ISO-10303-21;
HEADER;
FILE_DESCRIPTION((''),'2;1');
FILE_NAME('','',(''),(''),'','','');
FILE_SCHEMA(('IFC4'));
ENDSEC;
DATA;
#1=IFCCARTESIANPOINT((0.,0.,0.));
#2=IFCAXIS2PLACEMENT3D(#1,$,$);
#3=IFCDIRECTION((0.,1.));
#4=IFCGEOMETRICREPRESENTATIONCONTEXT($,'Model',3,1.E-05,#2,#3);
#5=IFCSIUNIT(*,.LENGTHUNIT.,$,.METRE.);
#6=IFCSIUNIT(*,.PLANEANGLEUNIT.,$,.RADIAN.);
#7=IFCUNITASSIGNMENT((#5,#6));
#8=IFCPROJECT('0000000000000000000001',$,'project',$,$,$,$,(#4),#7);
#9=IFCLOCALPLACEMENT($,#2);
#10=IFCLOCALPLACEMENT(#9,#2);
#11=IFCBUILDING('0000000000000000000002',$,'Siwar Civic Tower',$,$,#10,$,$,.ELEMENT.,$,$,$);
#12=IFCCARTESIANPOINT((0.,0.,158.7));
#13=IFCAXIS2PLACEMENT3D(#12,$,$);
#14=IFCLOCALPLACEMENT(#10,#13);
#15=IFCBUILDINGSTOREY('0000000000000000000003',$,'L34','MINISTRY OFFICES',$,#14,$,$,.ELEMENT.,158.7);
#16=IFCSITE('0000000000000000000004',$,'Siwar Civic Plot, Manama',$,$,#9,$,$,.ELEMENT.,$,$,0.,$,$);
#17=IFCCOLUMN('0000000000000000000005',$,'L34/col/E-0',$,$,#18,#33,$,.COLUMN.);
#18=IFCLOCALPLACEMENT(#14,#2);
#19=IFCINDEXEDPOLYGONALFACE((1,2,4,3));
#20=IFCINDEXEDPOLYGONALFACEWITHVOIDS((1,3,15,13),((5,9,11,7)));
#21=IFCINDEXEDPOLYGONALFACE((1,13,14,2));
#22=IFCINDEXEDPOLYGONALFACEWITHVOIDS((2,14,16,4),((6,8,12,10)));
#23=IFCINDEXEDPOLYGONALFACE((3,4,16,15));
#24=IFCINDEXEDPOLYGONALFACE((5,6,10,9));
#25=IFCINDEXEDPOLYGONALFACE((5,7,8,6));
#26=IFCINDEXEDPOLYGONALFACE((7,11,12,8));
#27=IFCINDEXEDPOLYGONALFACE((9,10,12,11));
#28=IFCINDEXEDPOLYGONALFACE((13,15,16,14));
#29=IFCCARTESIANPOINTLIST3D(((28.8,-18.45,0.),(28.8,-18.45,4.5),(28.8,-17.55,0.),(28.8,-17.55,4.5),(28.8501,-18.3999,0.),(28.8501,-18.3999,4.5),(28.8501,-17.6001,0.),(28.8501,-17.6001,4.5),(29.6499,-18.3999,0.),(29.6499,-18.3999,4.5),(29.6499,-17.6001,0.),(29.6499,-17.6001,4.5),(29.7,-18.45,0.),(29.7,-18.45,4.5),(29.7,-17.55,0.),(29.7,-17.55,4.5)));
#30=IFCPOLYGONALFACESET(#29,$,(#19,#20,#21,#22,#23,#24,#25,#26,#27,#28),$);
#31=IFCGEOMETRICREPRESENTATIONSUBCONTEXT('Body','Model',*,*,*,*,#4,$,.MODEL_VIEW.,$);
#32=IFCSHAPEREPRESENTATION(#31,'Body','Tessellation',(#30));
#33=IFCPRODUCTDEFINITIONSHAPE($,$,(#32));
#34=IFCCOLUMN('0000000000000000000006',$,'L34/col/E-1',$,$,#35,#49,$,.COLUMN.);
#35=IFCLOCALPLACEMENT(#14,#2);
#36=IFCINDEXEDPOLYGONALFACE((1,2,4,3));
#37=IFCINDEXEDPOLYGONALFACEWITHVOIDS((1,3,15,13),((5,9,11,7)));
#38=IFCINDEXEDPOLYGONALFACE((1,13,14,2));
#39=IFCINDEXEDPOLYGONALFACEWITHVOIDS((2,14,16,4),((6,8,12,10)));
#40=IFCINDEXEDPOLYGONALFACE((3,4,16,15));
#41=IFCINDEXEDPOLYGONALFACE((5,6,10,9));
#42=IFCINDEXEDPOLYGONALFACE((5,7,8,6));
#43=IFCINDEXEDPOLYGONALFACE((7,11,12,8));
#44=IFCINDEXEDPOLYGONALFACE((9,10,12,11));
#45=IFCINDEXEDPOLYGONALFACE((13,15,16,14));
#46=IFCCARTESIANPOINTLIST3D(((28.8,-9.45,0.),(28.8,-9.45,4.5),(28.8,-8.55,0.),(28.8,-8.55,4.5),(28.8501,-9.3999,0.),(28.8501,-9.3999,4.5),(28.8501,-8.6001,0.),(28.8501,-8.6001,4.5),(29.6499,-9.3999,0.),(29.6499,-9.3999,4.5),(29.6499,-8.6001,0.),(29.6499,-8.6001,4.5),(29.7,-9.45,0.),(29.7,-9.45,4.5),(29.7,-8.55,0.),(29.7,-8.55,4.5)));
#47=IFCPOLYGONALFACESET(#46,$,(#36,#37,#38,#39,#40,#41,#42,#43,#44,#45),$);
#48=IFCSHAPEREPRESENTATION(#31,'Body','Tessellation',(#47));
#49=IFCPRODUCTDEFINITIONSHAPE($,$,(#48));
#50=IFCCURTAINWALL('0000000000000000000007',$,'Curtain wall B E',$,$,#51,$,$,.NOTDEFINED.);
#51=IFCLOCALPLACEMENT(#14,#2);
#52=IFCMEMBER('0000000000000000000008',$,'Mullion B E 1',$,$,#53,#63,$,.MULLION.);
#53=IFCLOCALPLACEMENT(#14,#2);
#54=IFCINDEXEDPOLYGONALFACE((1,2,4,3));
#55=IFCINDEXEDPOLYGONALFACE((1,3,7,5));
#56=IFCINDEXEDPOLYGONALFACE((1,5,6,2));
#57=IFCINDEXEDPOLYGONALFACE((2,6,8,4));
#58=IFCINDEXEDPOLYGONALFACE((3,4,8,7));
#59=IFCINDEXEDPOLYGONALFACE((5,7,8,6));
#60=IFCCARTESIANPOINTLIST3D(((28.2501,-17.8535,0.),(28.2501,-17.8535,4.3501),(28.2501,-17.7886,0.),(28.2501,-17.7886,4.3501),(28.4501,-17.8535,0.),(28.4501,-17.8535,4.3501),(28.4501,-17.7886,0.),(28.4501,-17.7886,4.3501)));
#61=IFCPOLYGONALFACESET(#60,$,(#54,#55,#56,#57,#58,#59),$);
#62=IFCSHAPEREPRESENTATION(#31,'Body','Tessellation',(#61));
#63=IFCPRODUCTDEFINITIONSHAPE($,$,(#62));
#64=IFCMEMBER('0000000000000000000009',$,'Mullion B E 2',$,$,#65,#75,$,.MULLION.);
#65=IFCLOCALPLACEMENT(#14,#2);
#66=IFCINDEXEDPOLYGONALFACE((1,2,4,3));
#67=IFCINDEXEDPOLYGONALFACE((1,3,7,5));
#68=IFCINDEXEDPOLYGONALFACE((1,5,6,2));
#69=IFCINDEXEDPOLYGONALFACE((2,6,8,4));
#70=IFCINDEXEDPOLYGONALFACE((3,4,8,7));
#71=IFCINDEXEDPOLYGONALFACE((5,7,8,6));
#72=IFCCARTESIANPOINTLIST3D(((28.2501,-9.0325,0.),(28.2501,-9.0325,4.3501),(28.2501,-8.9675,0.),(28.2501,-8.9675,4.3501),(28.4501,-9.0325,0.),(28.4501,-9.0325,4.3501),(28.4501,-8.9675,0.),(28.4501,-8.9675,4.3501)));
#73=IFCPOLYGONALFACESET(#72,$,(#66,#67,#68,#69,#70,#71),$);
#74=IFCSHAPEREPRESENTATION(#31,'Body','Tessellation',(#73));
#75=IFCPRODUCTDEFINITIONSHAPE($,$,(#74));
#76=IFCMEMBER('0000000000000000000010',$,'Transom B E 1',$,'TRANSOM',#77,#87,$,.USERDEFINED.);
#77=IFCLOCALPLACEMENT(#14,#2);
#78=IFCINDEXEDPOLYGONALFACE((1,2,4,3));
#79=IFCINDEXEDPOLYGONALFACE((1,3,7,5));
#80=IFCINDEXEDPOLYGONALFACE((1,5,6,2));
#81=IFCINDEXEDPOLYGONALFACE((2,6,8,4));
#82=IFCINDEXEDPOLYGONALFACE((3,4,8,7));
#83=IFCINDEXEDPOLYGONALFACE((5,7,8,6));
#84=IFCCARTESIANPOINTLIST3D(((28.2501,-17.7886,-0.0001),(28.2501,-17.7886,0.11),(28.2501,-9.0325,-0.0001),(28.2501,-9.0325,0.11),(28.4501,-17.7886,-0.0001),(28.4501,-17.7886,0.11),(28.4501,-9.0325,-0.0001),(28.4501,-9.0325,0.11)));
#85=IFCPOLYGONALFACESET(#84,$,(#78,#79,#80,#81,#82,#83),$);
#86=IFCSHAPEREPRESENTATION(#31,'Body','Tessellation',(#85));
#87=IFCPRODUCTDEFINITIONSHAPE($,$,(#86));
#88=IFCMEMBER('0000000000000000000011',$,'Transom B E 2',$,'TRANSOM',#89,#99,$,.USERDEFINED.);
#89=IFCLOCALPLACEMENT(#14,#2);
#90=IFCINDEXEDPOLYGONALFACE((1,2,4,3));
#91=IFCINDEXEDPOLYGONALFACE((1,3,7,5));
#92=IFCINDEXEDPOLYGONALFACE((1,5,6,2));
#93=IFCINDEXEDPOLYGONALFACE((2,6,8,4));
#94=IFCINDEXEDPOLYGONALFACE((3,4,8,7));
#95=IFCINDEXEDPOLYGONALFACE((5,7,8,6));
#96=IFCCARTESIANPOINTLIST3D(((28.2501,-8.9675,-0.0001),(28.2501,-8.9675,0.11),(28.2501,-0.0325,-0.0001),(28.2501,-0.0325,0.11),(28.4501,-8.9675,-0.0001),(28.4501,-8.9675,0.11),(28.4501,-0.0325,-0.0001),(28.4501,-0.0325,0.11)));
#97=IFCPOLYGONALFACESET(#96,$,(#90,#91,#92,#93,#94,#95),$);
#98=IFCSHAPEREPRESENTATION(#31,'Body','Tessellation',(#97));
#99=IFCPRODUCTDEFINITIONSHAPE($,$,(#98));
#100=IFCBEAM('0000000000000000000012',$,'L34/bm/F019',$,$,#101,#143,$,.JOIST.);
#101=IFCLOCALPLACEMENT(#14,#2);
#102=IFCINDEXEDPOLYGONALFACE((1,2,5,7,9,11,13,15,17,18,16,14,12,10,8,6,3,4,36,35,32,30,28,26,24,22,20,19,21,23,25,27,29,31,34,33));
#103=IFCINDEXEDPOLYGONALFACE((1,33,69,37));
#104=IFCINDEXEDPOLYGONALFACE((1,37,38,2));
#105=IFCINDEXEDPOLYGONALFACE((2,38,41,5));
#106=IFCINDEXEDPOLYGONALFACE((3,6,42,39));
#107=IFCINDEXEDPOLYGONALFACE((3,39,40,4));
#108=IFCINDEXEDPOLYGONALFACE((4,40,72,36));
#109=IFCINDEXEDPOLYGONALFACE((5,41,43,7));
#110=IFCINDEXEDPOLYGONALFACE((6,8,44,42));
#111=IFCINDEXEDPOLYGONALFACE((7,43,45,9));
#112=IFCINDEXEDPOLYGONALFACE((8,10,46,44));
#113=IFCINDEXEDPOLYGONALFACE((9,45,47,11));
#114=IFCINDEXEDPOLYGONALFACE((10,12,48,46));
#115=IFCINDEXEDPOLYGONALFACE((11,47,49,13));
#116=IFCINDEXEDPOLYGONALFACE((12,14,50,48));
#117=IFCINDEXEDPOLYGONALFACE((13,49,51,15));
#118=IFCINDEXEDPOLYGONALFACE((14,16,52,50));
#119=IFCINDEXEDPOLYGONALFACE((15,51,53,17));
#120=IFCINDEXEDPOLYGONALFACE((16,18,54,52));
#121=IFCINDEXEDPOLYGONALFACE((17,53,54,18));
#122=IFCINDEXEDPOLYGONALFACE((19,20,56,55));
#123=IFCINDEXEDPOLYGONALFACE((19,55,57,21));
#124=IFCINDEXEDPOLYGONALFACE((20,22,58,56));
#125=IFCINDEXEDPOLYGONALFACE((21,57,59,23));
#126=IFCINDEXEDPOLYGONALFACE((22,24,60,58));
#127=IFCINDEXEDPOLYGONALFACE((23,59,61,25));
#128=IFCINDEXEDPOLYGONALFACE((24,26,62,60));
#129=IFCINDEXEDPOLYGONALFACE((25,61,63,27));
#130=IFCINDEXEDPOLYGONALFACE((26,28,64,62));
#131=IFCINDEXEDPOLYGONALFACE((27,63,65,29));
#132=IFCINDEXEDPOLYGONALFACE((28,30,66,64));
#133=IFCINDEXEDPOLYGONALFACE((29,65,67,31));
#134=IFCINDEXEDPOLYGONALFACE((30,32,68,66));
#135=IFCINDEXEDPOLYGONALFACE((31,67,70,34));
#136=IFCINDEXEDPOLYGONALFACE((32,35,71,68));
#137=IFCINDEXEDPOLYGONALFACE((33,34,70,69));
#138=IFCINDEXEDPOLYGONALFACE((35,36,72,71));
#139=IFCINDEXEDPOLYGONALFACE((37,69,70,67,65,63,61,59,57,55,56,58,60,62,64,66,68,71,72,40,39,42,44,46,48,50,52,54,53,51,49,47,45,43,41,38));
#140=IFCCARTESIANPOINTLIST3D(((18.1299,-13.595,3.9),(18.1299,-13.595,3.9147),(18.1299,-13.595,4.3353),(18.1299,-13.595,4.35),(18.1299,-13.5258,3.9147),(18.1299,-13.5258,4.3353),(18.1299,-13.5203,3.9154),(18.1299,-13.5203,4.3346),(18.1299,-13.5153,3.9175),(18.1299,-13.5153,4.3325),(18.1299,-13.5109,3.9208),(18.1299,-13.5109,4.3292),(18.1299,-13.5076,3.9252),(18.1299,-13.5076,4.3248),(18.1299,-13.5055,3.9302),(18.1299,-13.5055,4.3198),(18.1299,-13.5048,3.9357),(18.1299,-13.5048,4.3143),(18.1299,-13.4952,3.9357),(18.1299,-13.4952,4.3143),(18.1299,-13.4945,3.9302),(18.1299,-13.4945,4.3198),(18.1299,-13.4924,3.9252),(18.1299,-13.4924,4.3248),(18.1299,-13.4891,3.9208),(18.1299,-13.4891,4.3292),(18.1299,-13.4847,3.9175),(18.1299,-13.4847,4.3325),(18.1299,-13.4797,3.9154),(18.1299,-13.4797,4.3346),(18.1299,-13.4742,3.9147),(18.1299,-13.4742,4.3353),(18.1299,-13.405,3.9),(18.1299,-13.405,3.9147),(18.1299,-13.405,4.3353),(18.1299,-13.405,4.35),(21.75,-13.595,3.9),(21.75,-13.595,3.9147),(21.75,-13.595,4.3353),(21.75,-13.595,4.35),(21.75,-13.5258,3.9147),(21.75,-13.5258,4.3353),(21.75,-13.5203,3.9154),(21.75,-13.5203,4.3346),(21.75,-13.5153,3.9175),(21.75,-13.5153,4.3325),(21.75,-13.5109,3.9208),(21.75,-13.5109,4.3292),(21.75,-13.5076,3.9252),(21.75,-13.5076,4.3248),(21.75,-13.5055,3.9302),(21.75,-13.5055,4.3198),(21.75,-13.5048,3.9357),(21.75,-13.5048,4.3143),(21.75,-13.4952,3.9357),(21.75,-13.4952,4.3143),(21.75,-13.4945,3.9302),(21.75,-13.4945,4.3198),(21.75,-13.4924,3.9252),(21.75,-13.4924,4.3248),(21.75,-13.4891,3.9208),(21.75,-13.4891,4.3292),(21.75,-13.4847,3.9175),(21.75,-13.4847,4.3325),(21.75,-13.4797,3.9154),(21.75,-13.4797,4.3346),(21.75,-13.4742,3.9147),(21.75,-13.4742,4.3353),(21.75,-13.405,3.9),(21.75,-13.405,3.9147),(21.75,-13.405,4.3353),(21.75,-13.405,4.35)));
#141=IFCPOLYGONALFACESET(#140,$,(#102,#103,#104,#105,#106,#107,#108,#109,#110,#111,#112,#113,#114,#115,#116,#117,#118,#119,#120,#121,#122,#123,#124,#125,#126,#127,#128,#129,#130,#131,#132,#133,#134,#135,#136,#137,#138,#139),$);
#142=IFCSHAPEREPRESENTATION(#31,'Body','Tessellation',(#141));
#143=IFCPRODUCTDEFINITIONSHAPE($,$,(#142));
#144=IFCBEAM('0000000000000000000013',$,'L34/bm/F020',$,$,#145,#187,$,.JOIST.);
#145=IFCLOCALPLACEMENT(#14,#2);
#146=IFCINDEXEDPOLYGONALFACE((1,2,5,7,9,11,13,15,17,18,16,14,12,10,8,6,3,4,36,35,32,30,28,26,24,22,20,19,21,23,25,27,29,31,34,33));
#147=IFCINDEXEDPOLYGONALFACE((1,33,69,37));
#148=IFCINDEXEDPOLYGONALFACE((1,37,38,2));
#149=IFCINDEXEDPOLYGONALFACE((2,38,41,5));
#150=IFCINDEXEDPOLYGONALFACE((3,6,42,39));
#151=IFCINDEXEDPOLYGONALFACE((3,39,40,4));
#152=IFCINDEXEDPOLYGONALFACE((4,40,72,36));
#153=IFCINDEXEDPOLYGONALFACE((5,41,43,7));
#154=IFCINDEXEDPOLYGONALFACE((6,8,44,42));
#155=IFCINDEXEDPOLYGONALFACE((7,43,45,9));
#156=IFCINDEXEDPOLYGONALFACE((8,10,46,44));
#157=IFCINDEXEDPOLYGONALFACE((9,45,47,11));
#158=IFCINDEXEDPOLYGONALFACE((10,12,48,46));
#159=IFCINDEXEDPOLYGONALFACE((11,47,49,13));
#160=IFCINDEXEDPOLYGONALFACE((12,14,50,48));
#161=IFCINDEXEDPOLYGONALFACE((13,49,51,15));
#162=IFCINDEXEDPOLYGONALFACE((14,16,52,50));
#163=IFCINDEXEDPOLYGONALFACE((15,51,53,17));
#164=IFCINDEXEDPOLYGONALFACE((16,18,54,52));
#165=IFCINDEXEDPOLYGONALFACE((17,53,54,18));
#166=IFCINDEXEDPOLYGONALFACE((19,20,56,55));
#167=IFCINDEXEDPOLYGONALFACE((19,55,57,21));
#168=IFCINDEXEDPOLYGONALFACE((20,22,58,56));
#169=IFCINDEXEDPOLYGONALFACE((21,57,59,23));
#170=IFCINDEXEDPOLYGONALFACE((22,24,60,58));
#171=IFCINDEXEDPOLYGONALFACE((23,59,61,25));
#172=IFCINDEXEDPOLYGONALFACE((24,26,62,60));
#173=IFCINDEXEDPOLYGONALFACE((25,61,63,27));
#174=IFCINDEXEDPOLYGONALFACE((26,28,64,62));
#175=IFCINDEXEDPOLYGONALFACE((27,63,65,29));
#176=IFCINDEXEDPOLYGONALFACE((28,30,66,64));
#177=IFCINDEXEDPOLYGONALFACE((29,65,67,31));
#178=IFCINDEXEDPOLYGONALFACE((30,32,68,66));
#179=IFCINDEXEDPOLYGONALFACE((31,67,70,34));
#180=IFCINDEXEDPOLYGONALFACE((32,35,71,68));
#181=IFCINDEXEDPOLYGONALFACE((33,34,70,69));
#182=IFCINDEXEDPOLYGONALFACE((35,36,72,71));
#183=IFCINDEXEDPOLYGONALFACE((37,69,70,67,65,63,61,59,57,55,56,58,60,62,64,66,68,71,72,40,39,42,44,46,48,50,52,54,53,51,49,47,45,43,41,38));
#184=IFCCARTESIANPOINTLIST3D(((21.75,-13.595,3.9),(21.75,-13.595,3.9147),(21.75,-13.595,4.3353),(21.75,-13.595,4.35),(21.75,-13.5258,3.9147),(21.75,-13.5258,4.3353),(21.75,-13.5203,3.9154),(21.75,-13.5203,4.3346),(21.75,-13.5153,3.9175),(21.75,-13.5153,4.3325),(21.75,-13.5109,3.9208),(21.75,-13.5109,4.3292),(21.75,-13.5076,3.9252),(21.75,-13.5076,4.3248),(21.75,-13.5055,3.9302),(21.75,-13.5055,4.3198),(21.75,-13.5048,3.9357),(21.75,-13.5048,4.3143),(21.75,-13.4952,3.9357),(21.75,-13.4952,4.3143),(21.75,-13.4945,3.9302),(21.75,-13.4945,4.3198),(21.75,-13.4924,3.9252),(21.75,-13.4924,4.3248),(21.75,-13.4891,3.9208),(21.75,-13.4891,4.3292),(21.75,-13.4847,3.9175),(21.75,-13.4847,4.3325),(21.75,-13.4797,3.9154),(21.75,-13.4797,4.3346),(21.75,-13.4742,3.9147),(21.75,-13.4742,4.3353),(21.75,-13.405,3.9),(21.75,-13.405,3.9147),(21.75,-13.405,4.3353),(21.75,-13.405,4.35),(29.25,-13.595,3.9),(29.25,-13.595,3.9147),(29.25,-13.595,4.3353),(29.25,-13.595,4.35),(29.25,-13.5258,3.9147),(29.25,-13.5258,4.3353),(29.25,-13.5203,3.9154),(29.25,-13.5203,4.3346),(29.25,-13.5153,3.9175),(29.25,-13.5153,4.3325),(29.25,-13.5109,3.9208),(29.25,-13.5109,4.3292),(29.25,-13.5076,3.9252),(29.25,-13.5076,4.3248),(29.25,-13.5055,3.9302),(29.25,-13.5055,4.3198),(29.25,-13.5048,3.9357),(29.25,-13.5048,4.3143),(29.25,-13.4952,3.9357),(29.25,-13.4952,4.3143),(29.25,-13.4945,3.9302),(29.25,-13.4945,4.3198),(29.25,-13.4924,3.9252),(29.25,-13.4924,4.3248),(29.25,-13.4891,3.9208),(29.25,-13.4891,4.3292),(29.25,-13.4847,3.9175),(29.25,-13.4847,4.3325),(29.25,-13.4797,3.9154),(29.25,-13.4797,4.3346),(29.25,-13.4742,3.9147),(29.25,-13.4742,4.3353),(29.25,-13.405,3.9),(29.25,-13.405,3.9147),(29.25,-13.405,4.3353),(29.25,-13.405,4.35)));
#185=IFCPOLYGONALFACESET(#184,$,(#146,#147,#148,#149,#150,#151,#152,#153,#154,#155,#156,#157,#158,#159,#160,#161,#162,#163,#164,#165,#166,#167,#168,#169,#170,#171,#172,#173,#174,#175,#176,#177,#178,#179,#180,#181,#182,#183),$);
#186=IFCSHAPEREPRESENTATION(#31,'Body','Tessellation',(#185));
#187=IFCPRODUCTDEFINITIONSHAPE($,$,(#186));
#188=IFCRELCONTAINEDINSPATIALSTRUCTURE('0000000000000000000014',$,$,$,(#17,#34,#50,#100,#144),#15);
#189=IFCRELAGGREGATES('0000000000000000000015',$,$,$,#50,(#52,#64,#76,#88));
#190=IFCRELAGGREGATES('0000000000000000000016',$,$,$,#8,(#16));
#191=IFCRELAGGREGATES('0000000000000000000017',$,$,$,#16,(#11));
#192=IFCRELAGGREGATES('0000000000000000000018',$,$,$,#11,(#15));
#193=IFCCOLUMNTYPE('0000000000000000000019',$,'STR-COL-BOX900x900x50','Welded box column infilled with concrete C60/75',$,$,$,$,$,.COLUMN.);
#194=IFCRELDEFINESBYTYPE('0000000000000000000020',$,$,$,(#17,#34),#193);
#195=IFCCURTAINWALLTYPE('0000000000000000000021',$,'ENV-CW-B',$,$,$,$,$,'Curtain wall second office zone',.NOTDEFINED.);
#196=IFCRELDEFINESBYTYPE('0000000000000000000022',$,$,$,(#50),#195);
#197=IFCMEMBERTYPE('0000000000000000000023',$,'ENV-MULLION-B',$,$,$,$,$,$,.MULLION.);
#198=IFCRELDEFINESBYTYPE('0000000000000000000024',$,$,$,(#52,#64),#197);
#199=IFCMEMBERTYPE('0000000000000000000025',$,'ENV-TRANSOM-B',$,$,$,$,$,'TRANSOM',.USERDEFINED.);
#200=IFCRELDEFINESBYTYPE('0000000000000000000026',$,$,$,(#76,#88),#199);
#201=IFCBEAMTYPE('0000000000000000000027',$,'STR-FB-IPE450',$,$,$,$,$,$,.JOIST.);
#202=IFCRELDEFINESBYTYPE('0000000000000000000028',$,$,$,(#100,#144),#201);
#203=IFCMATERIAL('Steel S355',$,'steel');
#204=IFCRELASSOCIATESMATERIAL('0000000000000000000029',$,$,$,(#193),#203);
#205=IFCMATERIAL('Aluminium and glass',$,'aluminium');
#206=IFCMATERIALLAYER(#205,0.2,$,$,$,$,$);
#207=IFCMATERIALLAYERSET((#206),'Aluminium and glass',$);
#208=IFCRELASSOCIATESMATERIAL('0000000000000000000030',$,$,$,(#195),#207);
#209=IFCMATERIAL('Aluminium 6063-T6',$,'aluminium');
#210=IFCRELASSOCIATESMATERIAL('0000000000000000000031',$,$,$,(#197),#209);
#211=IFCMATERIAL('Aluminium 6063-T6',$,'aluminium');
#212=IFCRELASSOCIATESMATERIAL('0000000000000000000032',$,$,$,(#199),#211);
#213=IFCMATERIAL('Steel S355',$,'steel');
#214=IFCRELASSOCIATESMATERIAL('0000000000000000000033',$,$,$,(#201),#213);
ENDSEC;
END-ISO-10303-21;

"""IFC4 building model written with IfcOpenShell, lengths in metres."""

from ifc_helpers import new_model, si_unit, direction, frame, origin, origin_2d, place, context, subcontext, project, spatial, rectangle, hollow_rectangle, i_section, extrude, material, layer, layer_set, material_profile, profile_set, type_object, element, aggregate, save


model = new_model("IFC4")

# Units and contexts
model_context = context("Model", 3, precision=1e-05, world=origin(), true_north=direction((0.0, 1.0)))
body_context = subcontext(model_context, "Body", "Model", "MODEL_VIEW")
ifc_project = project(units=[si_unit("LENGTHUNIT", "METRE"), si_unit("PLANEANGLEUNIT", "RADIAN")], contexts=[model_context])

# Site, building, storey
site_placement = place(None, origin())
site = spatial("IfcSite", under=ifc_project, at=site_placement, Name="Siwar Civic Plot, Manama", CompositionType="ELEMENT", RefElevation=0.0)
building_placement = place(site_placement, origin())
building = spatial("IfcBuilding", under=site, at=building_placement, Name="Siwar Civic Tower", CompositionType="ELEMENT")
storey_placement = place(building_placement, frame((0.0, 0.0, 158.7)))
storey = spatial("IfcBuildingStorey", under=building, at=storey_placement, Name="L34", Description="MINISTRY OFFICES", CompositionType="ELEMENT", Elevation=158.7)

# Columns
ifc_material_1 = material(Name="Steel S355", Category="steel")
ifc_material_profile_1 = material_profile(ifc_material_1, hollow_rectangle(XDim=0.8999, YDim=0.8999, WallThickness=0.05, at=origin_2d()), Name="BOX900x900x50")
ifc_profile_set_1 = profile_set([ifc_material_profile_1], Name="Steel S355")
column_type = type_object("IfcColumnType", Name="STR-COL-BOX900x900x50", Description="Welded box column infilled with concrete C60/75", PredefinedType="COLUMN", material=ifc_profile_set_1)
for number, where, z_axis, x_axis, name in (
    (1, (29.25, -18.0, 0.0), (0.0, 0.0, 1.0), (1.0, 0.0, 0.0), "L34/col/E-0"),
    (2, (29.25, -9.0, 0.0), (0.0, 0.0, 1.0), (1.0, 0.0, 0.0), "L34/col/E-1"),
):
    element("IfcColumn", number, at=place(storey_placement, frame(where, z_axis=z_axis, x_axis=x_axis)), inside=storey, type_object=column_type, Name=name, PredefinedType="COLUMN", context=body_context, shape_type="SweptSolid", body=[
        extrude(hollow_rectangle(XDim=0.8999, YDim=0.8999, WallThickness=0.05, at=origin_2d()), origin(), (0.0, 0.0, 1.0), 4.5),
    ])

# Curtain wall, members
ifc_material_2 = material(Name="Aluminium and glass", Category="aluminium")
ifc_layer_1 = layer(ifc_material_2, 0.2)
ifc_layer_set_1 = layer_set([ifc_layer_1], Name="Aluminium and glass")
curtain_wall_type = type_object("IfcCurtainWallType", Name="ENV-CW-B", ElementType="Curtain wall second office zone", PredefinedType="NOTDEFINED", material=ifc_layer_set_1)
curtain_wall_placement = place(storey_placement, origin())
curtain_wall = element("IfcCurtainWall", 3, at=curtain_wall_placement, inside=storey, type_object=curtain_wall_type, Name="Curtain wall B E", PredefinedType="NOTDEFINED")
ifc_material_3 = material(Name="Aluminium 6063-T6", Category="aluminium")
ifc_material_profile_2 = material_profile(ifc_material_3, rectangle(XDim=0.2, YDim=0.0649, at=origin_2d()), Name="AL 200x65")
ifc_profile_set_2 = profile_set([ifc_material_profile_2], Name="Aluminium 6063-T6")
member_type_1 = type_object("IfcMemberType", Name="ENV-MULLION-B", PredefinedType="MULLION", material=ifc_profile_set_2)
member_1_placement = place(storey_placement, frame((28.3501, -17.821, 0.0), z_axis=(0.0, 0.0, 1.0), x_axis=(-1.0, 0.0, 0.0)))
member_1 = element("IfcMember", 4, at=member_1_placement, type_object=member_type_1, Name="Mullion B E 1", PredefinedType="MULLION", context=body_context, shape_type="SweptSolid", body=[
    extrude(rectangle(XDim=0.2, YDim=0.0649, at=origin_2d()), origin(), (0.0, 0.0, 1.0), 4.3501),
])
member_2_placement = place(storey_placement, frame((28.3501, -9.0, 0.0), z_axis=(0.0, 0.0, 1.0), x_axis=(-1.0, 0.0, 0.0)))
member_2 = element("IfcMember", 5, at=member_2_placement, type_object=member_type_1, Name="Mullion B E 2", PredefinedType="MULLION", context=body_context, shape_type="SweptSolid", body=[
    extrude(rectangle(XDim=0.2, YDim=0.0649, at=origin_2d()), origin(), (0.0, 0.0, 1.0), 4.3501),
])
ifc_material_4 = material(Name="Aluminium 6063-T6", Category="aluminium")
ifc_material_profile_3 = material_profile(ifc_material_4, rectangle(XDim=0.2, YDim=0.1101, at=origin_2d()), Name="AL 200x110")
ifc_profile_set_3 = profile_set([ifc_material_profile_3], Name="Aluminium 6063-T6")
member_type_2 = type_object("IfcMemberType", Name="ENV-TRANSOM-B", ElementType="TRANSOM", PredefinedType="USERDEFINED", material=ifc_profile_set_3)
member_3_placement = place(storey_placement, frame((28.3501, -17.7886, 0.0549), z_axis=(0.0, 1.0, 0.0), x_axis=(-1.0, 0.0, 0.0)))
member_3 = element("IfcMember", 6, at=member_3_placement, type_object=member_type_2, Name="Transom B E 1", ObjectType="TRANSOM", PredefinedType="USERDEFINED", context=body_context, shape_type="SweptSolid", body=[
    extrude(rectangle(XDim=0.2, YDim=0.1101, at=origin_2d()), origin(), (0.0, 0.0, 1.0), 8.7561),
])
member_4_placement = place(storey_placement, frame((28.3501, -8.9675, 0.0549), z_axis=(0.0, 1.0, 0.0), x_axis=(-1.0, 0.0, 0.0)))
member_4 = element("IfcMember", 7, at=member_4_placement, type_object=member_type_2, Name="Transom B E 2", ObjectType="TRANSOM", PredefinedType="USERDEFINED", context=body_context, shape_type="SweptSolid", body=[
    extrude(rectangle(XDim=0.2, YDim=0.1101, at=origin_2d()), origin(), (0.0, 0.0, 1.0), 8.9351),
])

# Beams
ifc_material_5 = material(Name="Steel S355", Category="steel")
ifc_material_profile_4 = material_profile(ifc_material_5, i_section(OverallWidth=0.1899, OverallDepth=0.45, WebThickness=0.0095, FlangeThickness=0.0146, FilletRadius=0.021, at=origin_2d()), Name="IPE450")
ifc_profile_set_4 = profile_set([ifc_material_profile_4], Name="Steel S355")
beam_type_1 = type_object("IfcBeamType", Name="STR-FB-IPE450", PredefinedType="JOIST", material=ifc_profile_set_4)
beam_placement = place(storey_placement, frame((18.1299, -13.5, 4.125), z_axis=(1.0, 0.0, 0.0), x_axis=(0.0, 1.0, 0.0)))
element("IfcBeam", 8, at=beam_placement, inside=storey, type_object=beam_type_1, Name="L34/bm/F019", PredefinedType="JOIST", context=body_context, shape_type="SweptSolid", body=[
    extrude(i_section(OverallWidth=0.1899, OverallDepth=0.45, WebThickness=0.0095, FlangeThickness=0.0146, FilletRadius=0.021, at=origin_2d()), origin(), (0.0, 0.0, 1.0), 3.6201),
])
for number, where, z_axis, x_axis, name in (
    (9, (21.75, -13.5, 4.125), (1.0, 0.0, 0.0), (0.0, 1.0, 0.0), "L34/bm/F020"),
):
    element("IfcBeam", number, at=place(storey_placement, frame(where, z_axis=z_axis, x_axis=x_axis)), inside=storey, type_object=beam_type_1, Name=name, PredefinedType="JOIST", context=body_context, shape_type="SweptSolid", body=[
        extrude(i_section(OverallWidth=0.1899, OverallDepth=0.45, WebThickness=0.0095, FlangeThickness=0.0146, FilletRadius=0.021, at=origin_2d()), origin(), (0.0, 0.0, 1.0), 7.5),
    ])

aggregate(curtain_wall, [member_1, member_2, member_3, member_4])

save(model, "model.ifc")
